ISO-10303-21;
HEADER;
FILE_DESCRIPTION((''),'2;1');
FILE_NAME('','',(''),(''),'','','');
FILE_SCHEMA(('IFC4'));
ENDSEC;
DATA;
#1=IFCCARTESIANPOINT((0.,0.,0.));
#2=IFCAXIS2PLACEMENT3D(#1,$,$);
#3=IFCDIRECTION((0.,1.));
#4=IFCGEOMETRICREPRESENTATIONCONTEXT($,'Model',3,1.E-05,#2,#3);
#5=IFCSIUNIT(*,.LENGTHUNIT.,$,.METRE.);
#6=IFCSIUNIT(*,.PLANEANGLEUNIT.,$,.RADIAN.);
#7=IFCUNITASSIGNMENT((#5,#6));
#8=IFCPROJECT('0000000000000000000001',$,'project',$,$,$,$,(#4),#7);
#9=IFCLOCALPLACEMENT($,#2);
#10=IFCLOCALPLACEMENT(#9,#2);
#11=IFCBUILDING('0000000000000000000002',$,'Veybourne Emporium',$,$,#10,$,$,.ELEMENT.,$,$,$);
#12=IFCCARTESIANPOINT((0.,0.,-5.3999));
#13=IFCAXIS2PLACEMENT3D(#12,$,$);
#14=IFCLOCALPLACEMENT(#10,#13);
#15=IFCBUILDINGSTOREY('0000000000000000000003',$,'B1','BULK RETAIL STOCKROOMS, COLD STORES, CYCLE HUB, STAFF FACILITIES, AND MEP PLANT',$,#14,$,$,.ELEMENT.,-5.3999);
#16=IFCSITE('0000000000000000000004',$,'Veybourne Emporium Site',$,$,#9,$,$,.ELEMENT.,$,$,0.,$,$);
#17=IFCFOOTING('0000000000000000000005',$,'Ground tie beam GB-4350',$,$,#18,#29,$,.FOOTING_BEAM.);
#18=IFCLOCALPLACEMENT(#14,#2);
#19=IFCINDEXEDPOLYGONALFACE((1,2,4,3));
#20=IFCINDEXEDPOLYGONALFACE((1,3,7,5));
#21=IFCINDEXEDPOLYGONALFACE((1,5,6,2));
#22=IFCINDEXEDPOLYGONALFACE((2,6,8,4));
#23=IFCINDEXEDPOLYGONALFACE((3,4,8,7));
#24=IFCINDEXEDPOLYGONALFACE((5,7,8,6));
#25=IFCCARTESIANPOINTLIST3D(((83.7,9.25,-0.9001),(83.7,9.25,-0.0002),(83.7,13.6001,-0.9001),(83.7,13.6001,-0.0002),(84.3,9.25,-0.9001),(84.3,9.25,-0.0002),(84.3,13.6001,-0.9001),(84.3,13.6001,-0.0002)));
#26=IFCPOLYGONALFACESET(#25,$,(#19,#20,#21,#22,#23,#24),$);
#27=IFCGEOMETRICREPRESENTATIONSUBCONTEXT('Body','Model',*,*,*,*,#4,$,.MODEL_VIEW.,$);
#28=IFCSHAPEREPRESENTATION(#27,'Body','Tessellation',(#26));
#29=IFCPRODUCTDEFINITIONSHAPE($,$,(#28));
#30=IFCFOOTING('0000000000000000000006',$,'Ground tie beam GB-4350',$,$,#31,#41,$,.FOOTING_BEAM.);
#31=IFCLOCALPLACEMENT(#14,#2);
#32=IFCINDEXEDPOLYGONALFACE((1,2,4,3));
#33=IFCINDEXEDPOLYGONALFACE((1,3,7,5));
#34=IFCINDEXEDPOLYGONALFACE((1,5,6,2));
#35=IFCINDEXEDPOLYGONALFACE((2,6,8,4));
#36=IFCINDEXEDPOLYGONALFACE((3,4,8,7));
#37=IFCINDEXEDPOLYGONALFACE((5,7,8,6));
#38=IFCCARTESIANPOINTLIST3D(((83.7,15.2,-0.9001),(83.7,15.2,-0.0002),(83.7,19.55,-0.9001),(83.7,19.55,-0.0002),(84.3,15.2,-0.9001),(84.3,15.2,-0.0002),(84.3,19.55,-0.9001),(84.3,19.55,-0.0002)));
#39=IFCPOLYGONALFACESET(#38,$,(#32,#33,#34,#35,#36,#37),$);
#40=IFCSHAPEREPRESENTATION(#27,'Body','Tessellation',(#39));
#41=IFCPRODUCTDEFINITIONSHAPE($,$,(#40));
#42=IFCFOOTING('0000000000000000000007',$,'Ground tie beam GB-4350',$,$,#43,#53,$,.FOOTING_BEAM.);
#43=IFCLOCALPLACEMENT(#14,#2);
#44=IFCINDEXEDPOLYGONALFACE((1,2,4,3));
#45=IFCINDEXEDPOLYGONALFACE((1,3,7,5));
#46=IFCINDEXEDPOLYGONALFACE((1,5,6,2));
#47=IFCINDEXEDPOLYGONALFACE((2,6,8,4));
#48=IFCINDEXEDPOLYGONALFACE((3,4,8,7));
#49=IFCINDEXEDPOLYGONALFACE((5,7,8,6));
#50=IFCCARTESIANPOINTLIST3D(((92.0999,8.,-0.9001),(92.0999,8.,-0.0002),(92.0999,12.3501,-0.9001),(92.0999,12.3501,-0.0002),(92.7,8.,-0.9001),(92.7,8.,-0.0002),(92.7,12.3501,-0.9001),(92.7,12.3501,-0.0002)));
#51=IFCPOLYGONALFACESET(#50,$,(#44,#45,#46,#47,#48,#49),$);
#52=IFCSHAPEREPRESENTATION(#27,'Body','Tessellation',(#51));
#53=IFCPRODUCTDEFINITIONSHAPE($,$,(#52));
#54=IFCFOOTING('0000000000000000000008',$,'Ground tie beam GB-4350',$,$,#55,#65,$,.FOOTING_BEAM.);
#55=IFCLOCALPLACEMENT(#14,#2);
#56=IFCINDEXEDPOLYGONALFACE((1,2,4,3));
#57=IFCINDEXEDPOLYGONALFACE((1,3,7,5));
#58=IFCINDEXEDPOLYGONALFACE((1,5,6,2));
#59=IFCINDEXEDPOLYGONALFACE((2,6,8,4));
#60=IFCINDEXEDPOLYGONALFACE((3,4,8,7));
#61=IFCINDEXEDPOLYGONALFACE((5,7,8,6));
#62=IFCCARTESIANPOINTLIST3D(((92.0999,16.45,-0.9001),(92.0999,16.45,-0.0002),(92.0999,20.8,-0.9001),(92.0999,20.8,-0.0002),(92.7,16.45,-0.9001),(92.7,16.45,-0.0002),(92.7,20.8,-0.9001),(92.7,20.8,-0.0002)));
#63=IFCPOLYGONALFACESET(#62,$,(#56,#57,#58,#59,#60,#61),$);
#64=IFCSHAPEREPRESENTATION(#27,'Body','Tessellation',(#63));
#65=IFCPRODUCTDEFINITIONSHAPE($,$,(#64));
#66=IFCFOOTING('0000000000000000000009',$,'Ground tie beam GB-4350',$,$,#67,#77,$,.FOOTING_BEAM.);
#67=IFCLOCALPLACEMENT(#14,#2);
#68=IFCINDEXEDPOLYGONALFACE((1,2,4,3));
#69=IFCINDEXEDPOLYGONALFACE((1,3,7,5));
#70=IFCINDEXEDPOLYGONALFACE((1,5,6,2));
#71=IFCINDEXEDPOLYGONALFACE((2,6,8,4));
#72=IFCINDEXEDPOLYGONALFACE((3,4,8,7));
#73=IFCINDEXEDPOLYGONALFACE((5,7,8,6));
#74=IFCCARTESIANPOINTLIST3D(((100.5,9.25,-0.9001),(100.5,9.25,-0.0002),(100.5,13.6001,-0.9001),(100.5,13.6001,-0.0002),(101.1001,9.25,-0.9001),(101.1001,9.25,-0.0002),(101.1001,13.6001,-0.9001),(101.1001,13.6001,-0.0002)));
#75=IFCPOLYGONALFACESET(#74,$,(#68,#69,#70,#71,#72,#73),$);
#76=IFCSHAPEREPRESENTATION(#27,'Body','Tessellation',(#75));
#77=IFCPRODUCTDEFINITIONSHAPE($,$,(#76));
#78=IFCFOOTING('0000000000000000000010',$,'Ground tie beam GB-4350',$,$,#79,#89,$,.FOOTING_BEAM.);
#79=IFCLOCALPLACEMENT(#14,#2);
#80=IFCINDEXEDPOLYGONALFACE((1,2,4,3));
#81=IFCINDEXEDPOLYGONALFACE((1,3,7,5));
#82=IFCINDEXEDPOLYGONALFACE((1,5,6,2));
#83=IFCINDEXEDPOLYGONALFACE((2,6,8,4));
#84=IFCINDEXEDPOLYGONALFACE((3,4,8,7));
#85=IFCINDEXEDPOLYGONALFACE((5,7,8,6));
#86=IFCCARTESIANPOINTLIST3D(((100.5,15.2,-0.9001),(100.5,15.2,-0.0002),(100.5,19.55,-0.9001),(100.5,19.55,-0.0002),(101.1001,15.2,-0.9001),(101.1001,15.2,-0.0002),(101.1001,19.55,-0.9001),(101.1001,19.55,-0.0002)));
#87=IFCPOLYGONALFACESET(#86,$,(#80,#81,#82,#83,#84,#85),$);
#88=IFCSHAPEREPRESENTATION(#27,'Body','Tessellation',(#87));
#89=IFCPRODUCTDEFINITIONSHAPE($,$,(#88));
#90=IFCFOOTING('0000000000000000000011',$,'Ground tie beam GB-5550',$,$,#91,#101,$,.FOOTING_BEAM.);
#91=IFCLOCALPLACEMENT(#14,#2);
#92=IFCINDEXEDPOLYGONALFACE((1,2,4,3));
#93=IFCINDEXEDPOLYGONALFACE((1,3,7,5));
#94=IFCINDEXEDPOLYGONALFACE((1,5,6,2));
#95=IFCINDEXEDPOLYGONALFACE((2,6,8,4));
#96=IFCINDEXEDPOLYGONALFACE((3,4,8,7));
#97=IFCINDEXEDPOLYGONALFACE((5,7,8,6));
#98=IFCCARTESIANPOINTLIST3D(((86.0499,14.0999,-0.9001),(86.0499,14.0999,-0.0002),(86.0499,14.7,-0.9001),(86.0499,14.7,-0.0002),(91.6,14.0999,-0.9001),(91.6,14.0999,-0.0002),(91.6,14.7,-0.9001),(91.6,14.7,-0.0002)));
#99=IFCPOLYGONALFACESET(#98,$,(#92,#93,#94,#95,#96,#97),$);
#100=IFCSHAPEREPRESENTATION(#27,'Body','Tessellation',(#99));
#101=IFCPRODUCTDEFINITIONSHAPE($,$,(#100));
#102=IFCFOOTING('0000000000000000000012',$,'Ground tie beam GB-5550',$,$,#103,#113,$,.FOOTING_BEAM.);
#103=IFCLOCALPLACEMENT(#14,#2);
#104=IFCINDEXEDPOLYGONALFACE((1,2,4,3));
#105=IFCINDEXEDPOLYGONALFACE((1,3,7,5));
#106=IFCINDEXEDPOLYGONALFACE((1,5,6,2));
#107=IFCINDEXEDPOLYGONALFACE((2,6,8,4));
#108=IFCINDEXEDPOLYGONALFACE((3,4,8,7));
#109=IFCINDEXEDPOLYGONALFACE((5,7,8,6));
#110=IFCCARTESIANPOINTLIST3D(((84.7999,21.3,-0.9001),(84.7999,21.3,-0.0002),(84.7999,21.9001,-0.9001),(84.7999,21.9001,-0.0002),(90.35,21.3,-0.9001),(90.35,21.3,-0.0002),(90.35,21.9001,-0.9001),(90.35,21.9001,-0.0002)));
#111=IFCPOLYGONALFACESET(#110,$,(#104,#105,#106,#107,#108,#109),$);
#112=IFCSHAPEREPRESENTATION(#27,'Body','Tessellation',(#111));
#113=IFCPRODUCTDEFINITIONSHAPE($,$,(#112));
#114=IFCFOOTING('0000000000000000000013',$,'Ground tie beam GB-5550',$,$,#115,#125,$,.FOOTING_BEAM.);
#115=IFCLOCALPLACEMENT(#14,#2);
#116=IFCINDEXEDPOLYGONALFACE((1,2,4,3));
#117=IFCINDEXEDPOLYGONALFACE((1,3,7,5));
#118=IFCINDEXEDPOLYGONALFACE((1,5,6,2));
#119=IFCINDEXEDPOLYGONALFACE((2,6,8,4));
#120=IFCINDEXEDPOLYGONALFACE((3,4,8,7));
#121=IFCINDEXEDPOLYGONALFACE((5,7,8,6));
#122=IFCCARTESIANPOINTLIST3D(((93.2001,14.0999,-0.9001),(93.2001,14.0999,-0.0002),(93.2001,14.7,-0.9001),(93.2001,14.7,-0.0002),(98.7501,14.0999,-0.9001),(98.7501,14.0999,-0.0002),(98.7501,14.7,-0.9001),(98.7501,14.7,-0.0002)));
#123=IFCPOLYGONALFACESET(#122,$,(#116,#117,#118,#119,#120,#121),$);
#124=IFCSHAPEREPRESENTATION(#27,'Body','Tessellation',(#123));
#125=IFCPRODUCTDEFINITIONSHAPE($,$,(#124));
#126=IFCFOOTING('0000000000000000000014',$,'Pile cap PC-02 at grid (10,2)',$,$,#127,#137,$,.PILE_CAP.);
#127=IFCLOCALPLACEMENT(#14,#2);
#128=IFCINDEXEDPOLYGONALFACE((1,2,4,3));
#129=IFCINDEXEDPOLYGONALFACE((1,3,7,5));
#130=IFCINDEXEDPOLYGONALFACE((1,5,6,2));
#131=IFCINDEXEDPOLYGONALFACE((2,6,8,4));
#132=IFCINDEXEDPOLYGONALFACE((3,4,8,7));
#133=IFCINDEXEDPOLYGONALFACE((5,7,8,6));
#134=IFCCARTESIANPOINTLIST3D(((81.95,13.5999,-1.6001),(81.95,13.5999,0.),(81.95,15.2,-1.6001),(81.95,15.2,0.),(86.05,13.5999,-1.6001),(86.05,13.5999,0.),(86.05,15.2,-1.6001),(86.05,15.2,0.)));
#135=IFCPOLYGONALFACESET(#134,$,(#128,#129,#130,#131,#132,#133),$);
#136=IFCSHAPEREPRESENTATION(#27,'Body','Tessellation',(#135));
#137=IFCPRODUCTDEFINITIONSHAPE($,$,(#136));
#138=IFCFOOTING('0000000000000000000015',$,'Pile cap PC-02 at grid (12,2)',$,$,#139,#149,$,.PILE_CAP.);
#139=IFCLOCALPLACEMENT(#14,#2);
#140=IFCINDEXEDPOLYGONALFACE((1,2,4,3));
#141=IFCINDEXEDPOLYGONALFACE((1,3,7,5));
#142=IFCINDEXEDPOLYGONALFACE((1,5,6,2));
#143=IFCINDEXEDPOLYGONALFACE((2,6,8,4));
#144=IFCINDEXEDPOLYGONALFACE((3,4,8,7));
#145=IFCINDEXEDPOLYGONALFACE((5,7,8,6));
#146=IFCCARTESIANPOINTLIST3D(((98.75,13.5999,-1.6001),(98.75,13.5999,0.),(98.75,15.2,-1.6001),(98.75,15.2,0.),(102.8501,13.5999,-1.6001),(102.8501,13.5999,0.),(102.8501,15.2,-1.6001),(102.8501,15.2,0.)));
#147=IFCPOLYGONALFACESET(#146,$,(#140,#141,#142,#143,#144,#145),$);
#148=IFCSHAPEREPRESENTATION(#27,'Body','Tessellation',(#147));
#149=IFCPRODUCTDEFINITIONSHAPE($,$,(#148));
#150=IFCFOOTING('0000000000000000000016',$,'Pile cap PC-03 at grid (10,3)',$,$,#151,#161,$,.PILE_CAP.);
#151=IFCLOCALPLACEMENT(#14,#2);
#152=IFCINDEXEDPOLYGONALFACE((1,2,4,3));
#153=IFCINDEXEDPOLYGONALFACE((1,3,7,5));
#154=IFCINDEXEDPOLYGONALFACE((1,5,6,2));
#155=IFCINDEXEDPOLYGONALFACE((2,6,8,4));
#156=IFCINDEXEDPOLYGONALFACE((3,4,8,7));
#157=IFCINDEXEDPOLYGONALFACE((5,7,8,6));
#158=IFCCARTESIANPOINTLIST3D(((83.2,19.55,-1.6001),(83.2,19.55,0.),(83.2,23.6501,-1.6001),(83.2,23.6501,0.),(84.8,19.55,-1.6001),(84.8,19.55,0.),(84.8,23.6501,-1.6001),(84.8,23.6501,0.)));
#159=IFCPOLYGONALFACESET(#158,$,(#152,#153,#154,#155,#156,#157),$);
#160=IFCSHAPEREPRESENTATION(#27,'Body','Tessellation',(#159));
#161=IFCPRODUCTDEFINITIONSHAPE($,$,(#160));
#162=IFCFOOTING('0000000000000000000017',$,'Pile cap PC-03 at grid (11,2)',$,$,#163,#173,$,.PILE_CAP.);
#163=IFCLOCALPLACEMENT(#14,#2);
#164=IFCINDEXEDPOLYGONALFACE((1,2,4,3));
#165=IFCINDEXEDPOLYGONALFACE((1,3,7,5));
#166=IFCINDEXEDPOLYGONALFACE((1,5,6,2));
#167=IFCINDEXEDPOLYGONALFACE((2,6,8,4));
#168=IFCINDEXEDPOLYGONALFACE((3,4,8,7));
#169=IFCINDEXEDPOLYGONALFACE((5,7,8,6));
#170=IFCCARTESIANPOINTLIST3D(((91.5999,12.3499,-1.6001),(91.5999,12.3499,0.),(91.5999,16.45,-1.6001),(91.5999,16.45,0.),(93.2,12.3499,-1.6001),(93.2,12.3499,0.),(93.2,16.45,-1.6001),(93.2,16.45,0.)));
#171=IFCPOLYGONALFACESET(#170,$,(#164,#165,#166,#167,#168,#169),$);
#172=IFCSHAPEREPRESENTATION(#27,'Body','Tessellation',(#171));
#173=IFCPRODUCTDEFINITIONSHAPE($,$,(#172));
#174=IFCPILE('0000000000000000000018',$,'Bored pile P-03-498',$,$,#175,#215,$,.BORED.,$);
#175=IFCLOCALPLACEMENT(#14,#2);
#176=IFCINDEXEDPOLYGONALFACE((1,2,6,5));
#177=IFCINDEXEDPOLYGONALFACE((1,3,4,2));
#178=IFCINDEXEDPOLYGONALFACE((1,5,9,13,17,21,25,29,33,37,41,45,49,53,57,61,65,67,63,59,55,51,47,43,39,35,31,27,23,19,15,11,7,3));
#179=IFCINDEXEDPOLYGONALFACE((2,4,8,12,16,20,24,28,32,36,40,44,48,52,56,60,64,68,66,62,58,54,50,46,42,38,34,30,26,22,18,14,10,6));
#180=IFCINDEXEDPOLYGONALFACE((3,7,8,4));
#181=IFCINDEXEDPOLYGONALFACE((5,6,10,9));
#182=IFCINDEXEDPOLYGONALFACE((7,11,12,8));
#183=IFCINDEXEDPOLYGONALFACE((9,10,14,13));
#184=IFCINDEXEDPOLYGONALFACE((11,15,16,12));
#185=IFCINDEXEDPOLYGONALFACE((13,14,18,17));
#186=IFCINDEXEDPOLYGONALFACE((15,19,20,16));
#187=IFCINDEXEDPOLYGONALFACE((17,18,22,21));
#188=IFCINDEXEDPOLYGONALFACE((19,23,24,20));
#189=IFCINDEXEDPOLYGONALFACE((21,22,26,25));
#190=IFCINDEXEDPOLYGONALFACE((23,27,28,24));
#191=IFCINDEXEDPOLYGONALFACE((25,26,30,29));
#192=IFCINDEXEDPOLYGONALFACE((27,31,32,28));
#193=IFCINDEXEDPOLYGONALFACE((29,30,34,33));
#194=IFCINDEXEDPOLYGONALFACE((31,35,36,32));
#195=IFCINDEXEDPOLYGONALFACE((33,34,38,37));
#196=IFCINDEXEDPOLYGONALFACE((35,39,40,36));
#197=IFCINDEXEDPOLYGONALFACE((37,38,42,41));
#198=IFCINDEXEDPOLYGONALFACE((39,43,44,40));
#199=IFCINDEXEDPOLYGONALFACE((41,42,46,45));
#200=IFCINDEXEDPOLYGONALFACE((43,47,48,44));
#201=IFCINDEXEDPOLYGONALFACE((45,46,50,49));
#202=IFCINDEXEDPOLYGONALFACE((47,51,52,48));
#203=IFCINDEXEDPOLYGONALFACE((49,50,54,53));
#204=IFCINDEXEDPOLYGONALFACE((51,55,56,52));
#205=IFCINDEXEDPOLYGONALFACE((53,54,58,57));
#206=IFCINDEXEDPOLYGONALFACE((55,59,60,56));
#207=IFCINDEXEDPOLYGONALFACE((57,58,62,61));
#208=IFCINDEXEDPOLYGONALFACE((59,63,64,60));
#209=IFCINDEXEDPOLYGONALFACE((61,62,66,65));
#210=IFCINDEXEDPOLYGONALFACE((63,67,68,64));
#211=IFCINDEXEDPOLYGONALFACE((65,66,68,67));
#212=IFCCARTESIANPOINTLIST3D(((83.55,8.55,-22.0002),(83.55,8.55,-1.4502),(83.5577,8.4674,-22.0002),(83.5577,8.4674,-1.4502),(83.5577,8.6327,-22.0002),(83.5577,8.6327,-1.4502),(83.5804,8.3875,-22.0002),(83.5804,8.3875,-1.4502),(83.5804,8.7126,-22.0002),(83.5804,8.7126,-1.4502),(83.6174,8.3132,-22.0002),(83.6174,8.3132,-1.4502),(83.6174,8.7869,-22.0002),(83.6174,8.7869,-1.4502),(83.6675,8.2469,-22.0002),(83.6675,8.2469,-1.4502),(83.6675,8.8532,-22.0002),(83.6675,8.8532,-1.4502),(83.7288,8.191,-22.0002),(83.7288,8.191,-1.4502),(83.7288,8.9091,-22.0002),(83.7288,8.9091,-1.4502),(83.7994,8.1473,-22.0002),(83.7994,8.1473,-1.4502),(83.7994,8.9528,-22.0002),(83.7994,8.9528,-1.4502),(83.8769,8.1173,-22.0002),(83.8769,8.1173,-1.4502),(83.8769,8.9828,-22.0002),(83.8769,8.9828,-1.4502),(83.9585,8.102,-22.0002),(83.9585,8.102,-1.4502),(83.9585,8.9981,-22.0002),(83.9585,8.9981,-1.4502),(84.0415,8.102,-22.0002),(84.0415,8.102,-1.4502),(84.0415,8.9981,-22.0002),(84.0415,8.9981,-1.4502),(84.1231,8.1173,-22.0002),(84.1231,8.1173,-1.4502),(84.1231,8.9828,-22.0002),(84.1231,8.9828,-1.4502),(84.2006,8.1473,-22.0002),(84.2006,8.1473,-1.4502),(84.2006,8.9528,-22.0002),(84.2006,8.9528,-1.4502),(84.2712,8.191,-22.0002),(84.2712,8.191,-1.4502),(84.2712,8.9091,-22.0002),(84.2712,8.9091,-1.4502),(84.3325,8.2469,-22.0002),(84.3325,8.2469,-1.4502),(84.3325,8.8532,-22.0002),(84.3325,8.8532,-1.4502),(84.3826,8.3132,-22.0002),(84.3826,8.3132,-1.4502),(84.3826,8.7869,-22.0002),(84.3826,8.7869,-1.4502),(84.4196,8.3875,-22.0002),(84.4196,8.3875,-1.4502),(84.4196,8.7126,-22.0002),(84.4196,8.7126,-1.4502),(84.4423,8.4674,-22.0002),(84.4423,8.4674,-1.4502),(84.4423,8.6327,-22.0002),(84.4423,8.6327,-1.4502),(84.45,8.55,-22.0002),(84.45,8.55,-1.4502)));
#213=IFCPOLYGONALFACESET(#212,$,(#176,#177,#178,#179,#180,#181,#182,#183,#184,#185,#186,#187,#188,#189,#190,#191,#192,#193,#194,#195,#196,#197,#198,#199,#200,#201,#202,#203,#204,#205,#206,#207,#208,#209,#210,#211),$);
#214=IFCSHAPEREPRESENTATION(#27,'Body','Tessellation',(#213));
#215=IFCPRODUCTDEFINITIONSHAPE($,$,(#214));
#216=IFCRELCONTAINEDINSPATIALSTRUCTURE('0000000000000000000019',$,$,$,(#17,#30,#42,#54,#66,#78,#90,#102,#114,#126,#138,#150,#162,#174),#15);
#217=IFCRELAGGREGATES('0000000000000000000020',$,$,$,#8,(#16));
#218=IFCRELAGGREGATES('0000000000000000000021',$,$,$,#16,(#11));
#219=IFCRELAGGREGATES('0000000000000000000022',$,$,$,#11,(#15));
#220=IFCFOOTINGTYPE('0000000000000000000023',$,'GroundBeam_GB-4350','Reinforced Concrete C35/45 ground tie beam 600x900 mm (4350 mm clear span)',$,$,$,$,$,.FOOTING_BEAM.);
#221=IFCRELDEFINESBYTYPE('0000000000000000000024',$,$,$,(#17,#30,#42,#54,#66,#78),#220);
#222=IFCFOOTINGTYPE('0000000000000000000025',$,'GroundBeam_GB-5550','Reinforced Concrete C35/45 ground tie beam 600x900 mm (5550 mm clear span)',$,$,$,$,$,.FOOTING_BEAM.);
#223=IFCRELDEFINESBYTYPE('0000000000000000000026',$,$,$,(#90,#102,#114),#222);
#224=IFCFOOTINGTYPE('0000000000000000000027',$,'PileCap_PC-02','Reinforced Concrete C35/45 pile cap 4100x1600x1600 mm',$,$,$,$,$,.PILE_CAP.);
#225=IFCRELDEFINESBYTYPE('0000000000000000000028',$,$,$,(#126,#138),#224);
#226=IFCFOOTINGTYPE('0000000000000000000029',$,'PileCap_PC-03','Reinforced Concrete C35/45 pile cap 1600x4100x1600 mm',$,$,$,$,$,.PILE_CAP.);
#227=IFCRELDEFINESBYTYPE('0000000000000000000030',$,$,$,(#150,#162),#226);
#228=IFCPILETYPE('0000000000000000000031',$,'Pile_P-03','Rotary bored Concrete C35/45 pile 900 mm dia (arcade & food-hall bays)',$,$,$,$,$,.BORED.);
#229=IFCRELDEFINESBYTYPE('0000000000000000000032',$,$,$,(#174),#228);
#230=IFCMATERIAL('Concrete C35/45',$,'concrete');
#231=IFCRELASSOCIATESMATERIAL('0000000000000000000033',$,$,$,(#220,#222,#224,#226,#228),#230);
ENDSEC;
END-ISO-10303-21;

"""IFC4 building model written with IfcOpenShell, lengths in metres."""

from ifc_helpers import new_model, si_unit, direction, frame, origin, origin_2d, place, context, subcontext, project, spatial, rectangle, circle, extrude, material, material_profile, profile_set, type_object, element, save


model = new_model("IFC4")

# Units and contexts
model_context = context("Model", 3, precision=1e-05, world=origin(), true_north=direction((0.0, 1.0)))
body_context = subcontext(model_context, "Body", "Model", "MODEL_VIEW")
ifc_project = project(units=[si_unit("LENGTHUNIT", "METRE"), si_unit("PLANEANGLEUNIT", "RADIAN")], contexts=[model_context])

# Site, building, storey
site_placement = place(None, origin())
site = spatial("IfcSite", under=ifc_project, at=site_placement, Name="Veybourne Emporium Site", CompositionType="ELEMENT", RefElevation=0.0)
building_placement = place(site_placement, origin())
building = spatial("IfcBuilding", under=site, at=building_placement, Name="Veybourne Emporium", CompositionType="ELEMENT")
storey_placement = place(building_placement, frame((0.0, 0.0, -5.3999)))
storey = spatial("IfcBuildingStorey", under=building, at=storey_placement, Name="B1", Description="BULK RETAIL STOCKROOMS, COLD STORES, CYCLE HUB, STAFF FACILITIES, AND MEP PLANT", CompositionType="ELEMENT", Elevation=-5.3999)

# Footings
ifc_material_1 = material(Name="Concrete C35/45", Category="concrete")
footing_type_1 = type_object("IfcFootingType", Name="GroundBeam_GB-4350", Description="Reinforced Concrete C35/45 ground tie beam 600x900 mm (4350 mm clear span)", PredefinedType="FOOTING_BEAM", material=ifc_material_1)
for number, where, z_axis, x_axis, name in (
    (1, (84.0, 11.425, -0.9001), (0.0, 0.0, 1.0), (0.0, 1.0, 0.0), "Ground tie beam GB-4350"),
    (2, (84.0, 17.375, -0.9001), (0.0, 0.0, 1.0), (0.0, 1.0, 0.0), "Ground tie beam GB-4350"),
    (3, (92.3999, 10.175, -0.9001), (0.0, 0.0, 1.0), (0.0, 1.0, 0.0), "Ground tie beam GB-4350"),
    (4, (92.3999, 18.625, -0.9001), (0.0, 0.0, 1.0), (0.0, 1.0, 0.0), "Ground tie beam GB-4350"),
    (5, (100.8, 11.425, -0.9001), (0.0, 0.0, 1.0), (0.0, 1.0, 0.0), "Ground tie beam GB-4350"),
    (6, (100.8, 17.375, -0.9001), (0.0, 0.0, 1.0), (0.0, 1.0, 0.0), "Ground tie beam GB-4350"),
):
    element("IfcFooting", number, at=place(storey_placement, frame(where, z_axis=z_axis, x_axis=x_axis)), inside=storey, type_object=footing_type_1, Name=name, PredefinedType="FOOTING_BEAM", context=body_context, shape_type="SweptSolid", body=[
        extrude(rectangle(XDim=4.3501, YDim=0.6001, at=origin_2d()), origin(), (0.0, 0.0, 1.0), 0.8999),
    ])
footing_type_2 = type_object("IfcFootingType", Name="GroundBeam_GB-5550", Description="Reinforced Concrete C35/45 ground tie beam 600x900 mm (5550 mm clear span)", PredefinedType="FOOTING_BEAM", material=ifc_material_1)
for number, where, z_axis, x_axis, name in (
    (7, (88.825, 14.3999, -0.9001), (0.0, 0.0, 1.0), (1.0, 0.0, 0.0), "Ground tie beam GB-5550"),
    (8, (87.575, 21.6001, -0.9001), (0.0, 0.0, 1.0), (1.0, 0.0, 0.0), "Ground tie beam GB-5550"),
    (9, (95.9751, 14.3999, -0.9001), (0.0, 0.0, 1.0), (1.0, 0.0, 0.0), "Ground tie beam GB-5550"),
):
    element("IfcFooting", number, at=place(storey_placement, frame(where, z_axis=z_axis, x_axis=x_axis)), inside=storey, type_object=footing_type_2, Name=name, PredefinedType="FOOTING_BEAM", context=body_context, shape_type="SweptSolid", body=[
        extrude(rectangle(XDim=5.55, YDim=0.6001, at=origin_2d()), origin(), (0.0, 0.0, 1.0), 0.8999),
    ])
footing_type_3 = type_object("IfcFootingType", Name="PileCap_PC-02", Description="Reinforced Concrete C35/45 pile cap 4100x1600x1600 mm", PredefinedType="PILE_CAP", material=ifc_material_1)
for number, where, z_axis, x_axis, name in (
    (10, (84.0, 14.3999, -1.6001), (0.0, 0.0, 1.0), (1.0, 0.0, 0.0), "Pile cap PC-02 at grid (10,2)"),
    (11, (100.8, 14.3999, -1.6001), (0.0, 0.0, 1.0), (1.0, 0.0, 0.0), "Pile cap PC-02 at grid (12,2)"),
):
    element("IfcFooting", number, at=place(storey_placement, frame(where, z_axis=z_axis, x_axis=x_axis)), inside=storey, type_object=footing_type_3, Name=name, PredefinedType="PILE_CAP", context=body_context, shape_type="SweptSolid", body=[
        extrude(rectangle(XDim=4.1001, YDim=1.6001, at=origin_2d()), origin(), (0.0, 0.0, 1.0), 1.6001),
    ])
footing_type_4 = type_object("IfcFootingType", Name="PileCap_PC-03", Description="Reinforced Concrete C35/45 pile cap 1600x4100x1600 mm", PredefinedType="PILE_CAP", material=ifc_material_1)
for number, where, z_axis, x_axis, name in (
    (12, (84.0, 21.6001, -1.6001), (0.0, 0.0, 1.0), (1.0, 0.0, 0.0), "Pile cap PC-03 at grid (10,3)"),
    (13, (92.3999, 14.3999, -1.6001), (0.0, 0.0, 1.0), (1.0, 0.0, 0.0), "Pile cap PC-03 at grid (11,2)"),
):
    element("IfcFooting", number, at=place(storey_placement, frame(where, z_axis=z_axis, x_axis=x_axis)), inside=storey, type_object=footing_type_4, Name=name, PredefinedType="PILE_CAP", context=body_context, shape_type="SweptSolid", body=[
        extrude(rectangle(XDim=1.6001, YDim=4.1001, at=origin_2d()), origin(), (0.0, 0.0, 1.0), 1.6001),
    ])

# Pile
ifc_material_profile_1 = material_profile(ifc_material_1, circle(Radius=0.45, at=origin_2d()), Name="BORED PILE 900")
ifc_profile_set_1 = profile_set([ifc_material_profile_1], Name="Concrete C35/45")
pile_type = type_object("IfcPileType", Name="Pile_P-03", Description="Rotary bored Concrete C35/45 pile 900 mm dia (arcade & food-hall bays)", PredefinedType="BORED", material=ifc_profile_set_1)
for number, where, z_axis, x_axis, name in (
    (14, (84.0, 8.55, -1.4502), (0.0, 0.0, -1.0), (1.0, 0.0, 0.0), "Bored pile P-03-498"),
):
    element("IfcPile", number, at=place(storey_placement, frame(where, z_axis=z_axis, x_axis=x_axis)), inside=storey, type_object=pile_type, Name=name, PredefinedType="BORED", context=body_context, shape_type="SweptSolid", body=[
        extrude(circle(Radius=0.45, at=origin_2d()), origin(), (0.0, 0.0, 1.0), 20.55),
    ])

save(model, "model.ifc")
